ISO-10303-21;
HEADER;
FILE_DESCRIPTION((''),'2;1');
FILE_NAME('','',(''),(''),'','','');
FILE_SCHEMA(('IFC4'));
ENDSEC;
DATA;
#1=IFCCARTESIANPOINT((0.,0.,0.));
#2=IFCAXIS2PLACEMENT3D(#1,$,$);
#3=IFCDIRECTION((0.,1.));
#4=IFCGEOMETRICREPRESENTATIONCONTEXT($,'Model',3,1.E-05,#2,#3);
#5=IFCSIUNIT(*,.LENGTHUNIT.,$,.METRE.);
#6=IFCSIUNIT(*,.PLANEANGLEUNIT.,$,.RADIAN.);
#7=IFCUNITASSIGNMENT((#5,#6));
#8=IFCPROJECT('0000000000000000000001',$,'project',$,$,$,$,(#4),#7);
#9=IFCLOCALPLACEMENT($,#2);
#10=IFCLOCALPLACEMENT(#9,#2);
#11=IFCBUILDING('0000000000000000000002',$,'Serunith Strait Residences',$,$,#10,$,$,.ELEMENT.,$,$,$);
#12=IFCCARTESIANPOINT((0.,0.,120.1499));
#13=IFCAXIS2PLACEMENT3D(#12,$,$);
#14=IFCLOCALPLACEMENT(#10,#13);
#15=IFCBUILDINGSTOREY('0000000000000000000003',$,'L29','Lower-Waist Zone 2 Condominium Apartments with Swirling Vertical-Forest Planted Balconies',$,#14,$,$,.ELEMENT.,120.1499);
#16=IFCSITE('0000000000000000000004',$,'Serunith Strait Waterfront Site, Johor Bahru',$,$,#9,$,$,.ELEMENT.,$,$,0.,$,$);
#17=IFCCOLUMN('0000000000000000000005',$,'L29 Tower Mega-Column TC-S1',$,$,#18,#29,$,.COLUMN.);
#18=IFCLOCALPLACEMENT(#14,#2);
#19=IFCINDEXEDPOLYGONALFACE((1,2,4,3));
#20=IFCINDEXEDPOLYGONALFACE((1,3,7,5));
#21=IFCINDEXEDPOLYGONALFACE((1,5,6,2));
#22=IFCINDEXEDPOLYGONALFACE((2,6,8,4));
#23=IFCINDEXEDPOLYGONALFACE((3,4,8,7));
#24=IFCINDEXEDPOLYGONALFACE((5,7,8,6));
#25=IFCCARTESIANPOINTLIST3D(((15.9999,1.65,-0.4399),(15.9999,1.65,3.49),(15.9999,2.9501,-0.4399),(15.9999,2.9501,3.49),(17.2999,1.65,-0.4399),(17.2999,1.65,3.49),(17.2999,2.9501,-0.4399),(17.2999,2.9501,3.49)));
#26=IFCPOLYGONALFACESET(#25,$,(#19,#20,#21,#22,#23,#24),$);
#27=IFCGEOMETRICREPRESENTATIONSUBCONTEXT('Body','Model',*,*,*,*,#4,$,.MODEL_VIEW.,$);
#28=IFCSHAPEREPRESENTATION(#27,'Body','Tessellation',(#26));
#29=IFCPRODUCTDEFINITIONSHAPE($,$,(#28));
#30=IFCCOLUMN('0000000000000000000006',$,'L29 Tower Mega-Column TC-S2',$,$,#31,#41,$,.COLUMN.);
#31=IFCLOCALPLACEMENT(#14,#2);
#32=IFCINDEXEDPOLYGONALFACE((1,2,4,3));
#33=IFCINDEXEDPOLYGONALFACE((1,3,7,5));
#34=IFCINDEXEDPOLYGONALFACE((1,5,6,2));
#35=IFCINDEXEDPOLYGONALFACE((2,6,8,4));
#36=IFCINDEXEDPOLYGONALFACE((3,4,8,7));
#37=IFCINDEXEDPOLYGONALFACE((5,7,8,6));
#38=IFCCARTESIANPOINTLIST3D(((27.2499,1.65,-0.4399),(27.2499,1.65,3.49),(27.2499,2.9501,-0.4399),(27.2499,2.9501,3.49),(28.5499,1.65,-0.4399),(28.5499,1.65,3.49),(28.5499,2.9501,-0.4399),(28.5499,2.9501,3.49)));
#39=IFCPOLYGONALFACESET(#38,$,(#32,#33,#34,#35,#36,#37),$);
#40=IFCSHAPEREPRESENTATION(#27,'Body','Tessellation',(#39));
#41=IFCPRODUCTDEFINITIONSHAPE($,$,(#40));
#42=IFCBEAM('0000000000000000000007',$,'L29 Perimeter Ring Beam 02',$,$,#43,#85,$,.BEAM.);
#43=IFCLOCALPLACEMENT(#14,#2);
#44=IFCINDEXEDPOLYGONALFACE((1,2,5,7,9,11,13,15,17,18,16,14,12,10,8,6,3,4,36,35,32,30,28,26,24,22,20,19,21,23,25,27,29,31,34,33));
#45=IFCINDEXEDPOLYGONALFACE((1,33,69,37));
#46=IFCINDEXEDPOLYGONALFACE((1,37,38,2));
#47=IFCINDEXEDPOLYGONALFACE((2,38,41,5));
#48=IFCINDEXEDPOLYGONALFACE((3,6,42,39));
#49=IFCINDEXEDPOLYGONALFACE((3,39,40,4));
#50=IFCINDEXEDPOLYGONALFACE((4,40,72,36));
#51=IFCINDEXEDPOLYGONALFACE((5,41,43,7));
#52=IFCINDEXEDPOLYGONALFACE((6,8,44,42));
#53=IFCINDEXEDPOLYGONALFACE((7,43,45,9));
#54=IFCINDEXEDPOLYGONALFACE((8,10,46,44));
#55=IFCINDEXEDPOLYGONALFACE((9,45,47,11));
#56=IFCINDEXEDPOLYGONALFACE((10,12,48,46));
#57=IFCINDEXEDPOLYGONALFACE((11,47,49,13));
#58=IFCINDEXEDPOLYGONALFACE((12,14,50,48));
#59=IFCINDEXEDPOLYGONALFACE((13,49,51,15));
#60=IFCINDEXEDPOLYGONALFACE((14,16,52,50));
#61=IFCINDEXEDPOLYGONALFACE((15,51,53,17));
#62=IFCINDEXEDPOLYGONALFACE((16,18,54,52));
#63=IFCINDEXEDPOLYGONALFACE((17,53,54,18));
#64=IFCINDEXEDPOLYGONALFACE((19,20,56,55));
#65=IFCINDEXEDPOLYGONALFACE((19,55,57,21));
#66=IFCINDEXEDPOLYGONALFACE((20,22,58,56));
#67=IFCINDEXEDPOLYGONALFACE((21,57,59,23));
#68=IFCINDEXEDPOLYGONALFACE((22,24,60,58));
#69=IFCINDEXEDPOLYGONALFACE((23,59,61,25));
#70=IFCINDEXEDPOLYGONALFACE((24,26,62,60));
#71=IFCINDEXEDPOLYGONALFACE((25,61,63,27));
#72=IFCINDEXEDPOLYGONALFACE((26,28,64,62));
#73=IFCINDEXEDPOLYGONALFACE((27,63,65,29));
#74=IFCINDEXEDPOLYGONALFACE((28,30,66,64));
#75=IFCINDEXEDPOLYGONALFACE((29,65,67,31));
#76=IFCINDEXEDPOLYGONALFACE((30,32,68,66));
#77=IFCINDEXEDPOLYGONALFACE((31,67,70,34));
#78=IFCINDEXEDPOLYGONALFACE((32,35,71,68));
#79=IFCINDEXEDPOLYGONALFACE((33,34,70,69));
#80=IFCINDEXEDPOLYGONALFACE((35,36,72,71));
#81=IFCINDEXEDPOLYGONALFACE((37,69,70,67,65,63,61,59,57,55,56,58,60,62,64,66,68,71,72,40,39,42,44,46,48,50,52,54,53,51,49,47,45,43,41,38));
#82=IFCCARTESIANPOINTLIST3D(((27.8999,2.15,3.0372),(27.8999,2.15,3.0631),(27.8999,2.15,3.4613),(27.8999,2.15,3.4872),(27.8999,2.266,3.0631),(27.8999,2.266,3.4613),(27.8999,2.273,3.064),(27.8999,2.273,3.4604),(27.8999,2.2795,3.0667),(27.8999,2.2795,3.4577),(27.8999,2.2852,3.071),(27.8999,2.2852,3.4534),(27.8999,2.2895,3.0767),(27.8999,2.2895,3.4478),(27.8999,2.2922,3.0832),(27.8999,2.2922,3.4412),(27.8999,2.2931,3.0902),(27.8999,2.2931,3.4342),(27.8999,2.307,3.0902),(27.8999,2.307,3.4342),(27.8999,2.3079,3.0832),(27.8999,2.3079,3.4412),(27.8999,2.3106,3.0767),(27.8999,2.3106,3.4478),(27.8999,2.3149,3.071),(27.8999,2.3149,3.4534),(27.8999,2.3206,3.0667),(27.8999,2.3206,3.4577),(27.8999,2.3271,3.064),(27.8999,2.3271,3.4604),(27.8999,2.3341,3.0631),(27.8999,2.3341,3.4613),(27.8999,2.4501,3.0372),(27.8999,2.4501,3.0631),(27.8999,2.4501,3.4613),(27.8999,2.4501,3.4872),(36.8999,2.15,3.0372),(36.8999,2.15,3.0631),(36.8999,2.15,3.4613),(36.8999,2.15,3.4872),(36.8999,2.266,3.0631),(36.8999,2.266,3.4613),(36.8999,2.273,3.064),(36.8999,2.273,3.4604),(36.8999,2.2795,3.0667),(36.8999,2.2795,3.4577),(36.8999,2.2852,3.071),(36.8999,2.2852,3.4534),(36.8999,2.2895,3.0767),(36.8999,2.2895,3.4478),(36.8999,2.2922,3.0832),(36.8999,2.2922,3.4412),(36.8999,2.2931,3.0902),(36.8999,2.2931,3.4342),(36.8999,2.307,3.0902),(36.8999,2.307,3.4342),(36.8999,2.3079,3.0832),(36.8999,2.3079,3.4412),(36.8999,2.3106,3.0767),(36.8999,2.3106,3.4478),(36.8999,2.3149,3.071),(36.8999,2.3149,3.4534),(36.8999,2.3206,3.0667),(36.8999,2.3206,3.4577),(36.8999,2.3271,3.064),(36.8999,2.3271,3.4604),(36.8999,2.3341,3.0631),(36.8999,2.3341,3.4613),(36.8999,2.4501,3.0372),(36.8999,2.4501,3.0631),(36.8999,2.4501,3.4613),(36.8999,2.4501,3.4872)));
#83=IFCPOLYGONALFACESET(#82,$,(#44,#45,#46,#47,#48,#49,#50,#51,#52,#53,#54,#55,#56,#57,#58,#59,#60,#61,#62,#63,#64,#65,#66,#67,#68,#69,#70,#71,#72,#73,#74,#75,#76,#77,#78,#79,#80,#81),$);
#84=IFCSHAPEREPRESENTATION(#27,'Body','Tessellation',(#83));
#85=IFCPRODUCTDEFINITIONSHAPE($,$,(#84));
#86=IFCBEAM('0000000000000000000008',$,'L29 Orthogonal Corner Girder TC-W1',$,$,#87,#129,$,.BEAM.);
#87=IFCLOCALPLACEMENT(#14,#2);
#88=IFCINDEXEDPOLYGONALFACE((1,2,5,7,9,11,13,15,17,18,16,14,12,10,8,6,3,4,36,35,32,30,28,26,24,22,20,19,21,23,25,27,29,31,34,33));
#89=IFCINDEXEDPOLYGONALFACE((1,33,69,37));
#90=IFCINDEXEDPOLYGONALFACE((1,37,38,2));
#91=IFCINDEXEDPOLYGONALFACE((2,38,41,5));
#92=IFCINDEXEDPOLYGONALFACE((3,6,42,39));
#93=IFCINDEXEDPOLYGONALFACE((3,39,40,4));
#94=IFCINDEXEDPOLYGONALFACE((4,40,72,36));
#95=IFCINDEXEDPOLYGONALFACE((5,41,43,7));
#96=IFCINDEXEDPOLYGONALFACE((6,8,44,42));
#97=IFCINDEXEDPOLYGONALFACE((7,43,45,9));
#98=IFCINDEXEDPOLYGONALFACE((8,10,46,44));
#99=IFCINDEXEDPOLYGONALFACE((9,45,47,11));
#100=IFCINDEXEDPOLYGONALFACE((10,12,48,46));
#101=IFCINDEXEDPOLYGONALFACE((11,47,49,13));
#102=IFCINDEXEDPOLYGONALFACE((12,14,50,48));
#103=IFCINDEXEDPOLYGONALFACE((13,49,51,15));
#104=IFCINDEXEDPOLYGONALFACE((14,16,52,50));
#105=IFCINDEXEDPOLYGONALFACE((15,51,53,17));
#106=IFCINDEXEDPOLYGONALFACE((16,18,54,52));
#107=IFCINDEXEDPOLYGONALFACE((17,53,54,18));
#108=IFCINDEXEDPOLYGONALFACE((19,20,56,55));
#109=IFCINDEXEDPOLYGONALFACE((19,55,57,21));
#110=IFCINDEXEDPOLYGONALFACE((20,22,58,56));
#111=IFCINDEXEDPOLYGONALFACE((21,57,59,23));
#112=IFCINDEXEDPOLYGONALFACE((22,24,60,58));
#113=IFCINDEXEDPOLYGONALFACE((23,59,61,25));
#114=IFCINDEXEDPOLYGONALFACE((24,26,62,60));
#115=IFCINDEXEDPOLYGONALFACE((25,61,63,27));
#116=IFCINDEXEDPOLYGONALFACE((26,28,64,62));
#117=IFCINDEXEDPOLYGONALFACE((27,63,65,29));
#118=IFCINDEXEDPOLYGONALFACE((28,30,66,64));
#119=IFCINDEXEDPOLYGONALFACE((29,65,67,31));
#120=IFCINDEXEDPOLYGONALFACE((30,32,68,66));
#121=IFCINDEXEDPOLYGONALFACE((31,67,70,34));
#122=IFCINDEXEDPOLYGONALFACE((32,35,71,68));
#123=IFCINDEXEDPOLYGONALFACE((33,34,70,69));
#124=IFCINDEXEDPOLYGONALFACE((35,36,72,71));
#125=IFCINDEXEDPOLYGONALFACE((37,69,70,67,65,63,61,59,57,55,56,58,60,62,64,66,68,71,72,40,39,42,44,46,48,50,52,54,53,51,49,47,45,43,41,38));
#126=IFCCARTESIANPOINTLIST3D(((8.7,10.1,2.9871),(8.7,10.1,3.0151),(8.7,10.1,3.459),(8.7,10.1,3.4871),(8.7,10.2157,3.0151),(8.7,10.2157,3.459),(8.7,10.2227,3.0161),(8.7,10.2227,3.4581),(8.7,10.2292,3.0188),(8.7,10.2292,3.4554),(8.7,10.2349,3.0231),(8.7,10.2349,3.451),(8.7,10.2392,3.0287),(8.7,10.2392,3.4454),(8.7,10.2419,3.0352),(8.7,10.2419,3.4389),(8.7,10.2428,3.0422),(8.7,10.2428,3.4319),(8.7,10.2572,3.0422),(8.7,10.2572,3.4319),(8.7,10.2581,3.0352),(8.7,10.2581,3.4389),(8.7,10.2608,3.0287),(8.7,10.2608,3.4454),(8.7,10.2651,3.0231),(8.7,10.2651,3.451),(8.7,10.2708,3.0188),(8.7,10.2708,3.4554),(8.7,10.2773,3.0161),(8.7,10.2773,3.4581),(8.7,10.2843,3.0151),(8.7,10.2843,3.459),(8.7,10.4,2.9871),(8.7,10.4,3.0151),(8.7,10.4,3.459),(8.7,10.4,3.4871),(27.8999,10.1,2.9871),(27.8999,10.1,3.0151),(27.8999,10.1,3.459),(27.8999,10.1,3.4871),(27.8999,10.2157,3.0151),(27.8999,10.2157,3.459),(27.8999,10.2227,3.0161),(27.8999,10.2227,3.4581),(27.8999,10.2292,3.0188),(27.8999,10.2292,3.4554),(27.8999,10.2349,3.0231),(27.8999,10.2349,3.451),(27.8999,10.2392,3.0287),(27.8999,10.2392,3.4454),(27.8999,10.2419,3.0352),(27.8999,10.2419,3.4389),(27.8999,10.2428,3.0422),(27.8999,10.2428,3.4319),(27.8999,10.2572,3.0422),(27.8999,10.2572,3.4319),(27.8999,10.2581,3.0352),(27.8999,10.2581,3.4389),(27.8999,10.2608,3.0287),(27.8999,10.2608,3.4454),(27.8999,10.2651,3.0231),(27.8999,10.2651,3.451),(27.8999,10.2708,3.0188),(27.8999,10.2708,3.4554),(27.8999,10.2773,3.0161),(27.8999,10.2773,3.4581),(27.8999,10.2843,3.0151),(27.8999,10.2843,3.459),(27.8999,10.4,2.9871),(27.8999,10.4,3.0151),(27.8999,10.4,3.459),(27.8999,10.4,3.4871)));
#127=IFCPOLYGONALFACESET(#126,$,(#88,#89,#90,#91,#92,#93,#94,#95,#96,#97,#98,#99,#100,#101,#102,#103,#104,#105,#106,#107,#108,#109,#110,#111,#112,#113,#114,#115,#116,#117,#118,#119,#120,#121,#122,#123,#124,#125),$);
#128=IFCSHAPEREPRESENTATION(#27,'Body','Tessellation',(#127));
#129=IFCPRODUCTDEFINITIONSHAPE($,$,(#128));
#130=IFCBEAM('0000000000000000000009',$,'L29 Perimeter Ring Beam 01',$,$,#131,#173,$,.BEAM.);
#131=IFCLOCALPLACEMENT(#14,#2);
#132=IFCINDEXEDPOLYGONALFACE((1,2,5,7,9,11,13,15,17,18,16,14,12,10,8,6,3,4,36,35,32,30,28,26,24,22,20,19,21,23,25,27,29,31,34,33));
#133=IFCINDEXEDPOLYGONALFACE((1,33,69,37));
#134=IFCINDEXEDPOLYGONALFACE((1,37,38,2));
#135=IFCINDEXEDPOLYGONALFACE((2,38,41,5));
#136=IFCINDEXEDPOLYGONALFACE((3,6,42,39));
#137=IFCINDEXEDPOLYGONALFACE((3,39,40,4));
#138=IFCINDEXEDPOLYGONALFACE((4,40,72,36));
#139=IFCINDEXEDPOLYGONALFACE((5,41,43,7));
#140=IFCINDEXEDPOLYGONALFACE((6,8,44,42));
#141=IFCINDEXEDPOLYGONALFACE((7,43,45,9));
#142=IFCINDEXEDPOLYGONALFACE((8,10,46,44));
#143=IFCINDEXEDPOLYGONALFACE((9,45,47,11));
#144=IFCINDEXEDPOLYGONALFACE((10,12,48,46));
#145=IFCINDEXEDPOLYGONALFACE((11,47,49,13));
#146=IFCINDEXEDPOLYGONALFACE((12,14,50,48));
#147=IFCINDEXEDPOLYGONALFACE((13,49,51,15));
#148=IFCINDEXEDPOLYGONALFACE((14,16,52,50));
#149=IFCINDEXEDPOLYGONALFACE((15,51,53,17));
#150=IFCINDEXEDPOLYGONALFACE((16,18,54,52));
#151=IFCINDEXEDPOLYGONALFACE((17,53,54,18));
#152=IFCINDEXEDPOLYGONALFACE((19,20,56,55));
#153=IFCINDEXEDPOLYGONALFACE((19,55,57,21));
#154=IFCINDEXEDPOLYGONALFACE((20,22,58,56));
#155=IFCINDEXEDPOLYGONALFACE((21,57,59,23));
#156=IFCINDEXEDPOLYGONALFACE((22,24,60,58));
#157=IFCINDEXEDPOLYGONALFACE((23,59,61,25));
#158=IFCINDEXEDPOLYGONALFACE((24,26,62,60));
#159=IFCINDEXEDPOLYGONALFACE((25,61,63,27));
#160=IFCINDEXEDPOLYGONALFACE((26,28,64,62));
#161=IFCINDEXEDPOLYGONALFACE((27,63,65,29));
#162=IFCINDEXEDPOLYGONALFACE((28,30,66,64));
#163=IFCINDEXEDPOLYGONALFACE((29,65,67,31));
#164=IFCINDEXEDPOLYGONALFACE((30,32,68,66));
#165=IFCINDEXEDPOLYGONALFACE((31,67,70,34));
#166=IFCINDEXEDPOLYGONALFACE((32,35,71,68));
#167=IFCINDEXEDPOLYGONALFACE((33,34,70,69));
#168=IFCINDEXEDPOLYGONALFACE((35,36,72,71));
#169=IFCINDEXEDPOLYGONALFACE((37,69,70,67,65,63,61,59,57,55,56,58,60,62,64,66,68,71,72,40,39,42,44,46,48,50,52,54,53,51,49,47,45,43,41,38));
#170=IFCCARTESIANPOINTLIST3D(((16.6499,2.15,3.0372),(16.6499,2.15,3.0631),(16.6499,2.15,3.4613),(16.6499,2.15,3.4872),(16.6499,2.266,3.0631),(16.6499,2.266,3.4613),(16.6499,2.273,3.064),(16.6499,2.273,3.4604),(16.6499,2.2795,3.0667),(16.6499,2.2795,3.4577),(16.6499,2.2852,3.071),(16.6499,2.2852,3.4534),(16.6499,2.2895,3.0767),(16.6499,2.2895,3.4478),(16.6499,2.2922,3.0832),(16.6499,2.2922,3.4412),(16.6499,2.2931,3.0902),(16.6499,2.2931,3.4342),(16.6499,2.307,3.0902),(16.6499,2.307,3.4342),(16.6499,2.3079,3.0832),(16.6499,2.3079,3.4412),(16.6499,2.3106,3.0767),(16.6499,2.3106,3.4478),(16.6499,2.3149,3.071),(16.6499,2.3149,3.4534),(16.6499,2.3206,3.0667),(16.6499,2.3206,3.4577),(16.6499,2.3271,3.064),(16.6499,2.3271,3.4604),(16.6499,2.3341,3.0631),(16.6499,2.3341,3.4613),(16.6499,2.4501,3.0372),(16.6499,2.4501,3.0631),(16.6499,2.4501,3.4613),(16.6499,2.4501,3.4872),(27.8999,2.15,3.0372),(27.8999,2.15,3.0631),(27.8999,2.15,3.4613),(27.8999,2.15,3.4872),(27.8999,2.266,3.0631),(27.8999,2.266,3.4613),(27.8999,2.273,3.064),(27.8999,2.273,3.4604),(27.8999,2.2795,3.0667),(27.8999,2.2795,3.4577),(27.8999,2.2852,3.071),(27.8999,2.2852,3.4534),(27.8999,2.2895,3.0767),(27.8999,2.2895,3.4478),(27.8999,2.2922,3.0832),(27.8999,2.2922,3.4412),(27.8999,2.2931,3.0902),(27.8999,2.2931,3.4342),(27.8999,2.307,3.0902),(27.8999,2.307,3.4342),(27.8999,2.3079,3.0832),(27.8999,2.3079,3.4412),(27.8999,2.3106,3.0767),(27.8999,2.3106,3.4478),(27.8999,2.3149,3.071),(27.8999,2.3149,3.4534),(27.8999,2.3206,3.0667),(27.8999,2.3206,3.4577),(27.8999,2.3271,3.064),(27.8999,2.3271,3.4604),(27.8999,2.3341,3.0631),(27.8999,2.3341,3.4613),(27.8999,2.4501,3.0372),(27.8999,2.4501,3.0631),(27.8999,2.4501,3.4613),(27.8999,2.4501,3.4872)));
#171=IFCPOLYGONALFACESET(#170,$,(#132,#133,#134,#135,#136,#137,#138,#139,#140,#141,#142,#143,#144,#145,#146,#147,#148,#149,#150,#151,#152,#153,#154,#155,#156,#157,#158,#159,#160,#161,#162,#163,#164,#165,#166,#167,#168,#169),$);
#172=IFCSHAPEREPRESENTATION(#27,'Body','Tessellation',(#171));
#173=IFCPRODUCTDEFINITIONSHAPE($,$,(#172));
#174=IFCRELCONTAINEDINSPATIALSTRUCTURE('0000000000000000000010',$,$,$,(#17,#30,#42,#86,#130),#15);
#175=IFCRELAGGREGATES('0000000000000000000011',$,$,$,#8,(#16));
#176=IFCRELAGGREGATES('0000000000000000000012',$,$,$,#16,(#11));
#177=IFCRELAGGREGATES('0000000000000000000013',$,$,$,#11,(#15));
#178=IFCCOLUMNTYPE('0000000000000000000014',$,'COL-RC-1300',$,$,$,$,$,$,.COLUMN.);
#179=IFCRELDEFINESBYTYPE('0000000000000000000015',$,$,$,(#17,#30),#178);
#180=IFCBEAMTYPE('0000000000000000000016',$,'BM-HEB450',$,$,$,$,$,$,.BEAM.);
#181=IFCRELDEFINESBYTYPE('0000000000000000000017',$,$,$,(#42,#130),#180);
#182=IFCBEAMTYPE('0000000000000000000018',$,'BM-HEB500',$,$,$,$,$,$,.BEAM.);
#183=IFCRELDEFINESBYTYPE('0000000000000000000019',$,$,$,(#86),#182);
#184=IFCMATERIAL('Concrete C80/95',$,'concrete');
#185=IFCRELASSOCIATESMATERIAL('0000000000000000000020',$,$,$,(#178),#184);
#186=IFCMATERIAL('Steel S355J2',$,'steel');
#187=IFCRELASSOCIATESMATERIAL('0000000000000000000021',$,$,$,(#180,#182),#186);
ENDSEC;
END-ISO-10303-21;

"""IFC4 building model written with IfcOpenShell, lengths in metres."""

from ifc_helpers import new_model, si_unit, direction, frame, origin, origin_2d, place, context, subcontext, project, spatial, rectangle, i_section, extrude, source, transform, mapped, material, material_profile, profile_set, type_object, element, save


model = new_model("IFC4")

# Units and contexts
model_context = context("Model", 3, precision=1e-05, world=origin(), true_north=direction((0.0, 1.0)))
body_context = subcontext(model_context, "Body", "Model", "MODEL_VIEW")
ifc_project = project(units=[si_unit("LENGTHUNIT", "METRE"), si_unit("PLANEANGLEUNIT", "RADIAN")], contexts=[model_context])

# Site, building, storey
site_placement = place(None, origin())
site = spatial("IfcSite", under=ifc_project, at=site_placement, Name="Serunith Strait Waterfront Site, Johor Bahru", CompositionType="ELEMENT", RefElevation=0.0)
building_placement = place(site_placement, origin())
building = spatial("IfcBuilding", under=site, at=building_placement, Name="Serunith Strait Residences", CompositionType="ELEMENT")
storey_placement = place(building_placement, frame((0.0, 0.0, 120.1499)))
storey = spatial("IfcBuildingStorey", under=building, at=storey_placement, Name="L29", Description="Lower-Waist Zone 2 Condominium Apartments with Swirling Vertical-Forest Planted Balconies", CompositionType="ELEMENT", Elevation=120.1499)

# Columns
ifc_material_1 = material(Name="Concrete C80/95", Category="concrete")
ifc_material_profile_1 = material_profile(ifc_material_1, rectangle(XDim=1.3, YDim=1.3, at=origin_2d()), Name="RC 1300x1300")
ifc_profile_set_1 = profile_set([ifc_material_profile_1], Name="Concrete C80/95")
column_type = type_object("IfcColumnType", Name="COL-RC-1300", PredefinedType="COLUMN", material=ifc_profile_set_1)
shared_shape_1 = source(origin(), body_context, "Body", "SweptSolid", [
    extrude(rectangle(XDim=1.3, YDim=1.3, at=origin_2d()), origin(), (0.0, 0.0, 1.0), 3.9299),
])
for number, where, z_axis, x_axis, name in (
    (1, (16.6499, 2.3, -0.4399), (0.0, 0.0, 1.0), (1.0, 0.0, 0.0), "L29 Tower Mega-Column TC-S1"),
    (2, (27.8999, 2.3, -0.4399), (0.0, 0.0, 1.0), (1.0, 0.0, 0.0), "L29 Tower Mega-Column TC-S2"),
):
    element("IfcColumn", number, at=place(storey_placement, frame(where, z_axis=z_axis, x_axis=x_axis)), inside=storey, type_object=column_type, Name=name, PredefinedType="COLUMN", context=body_context, shape_type="MappedRepresentation", body=[
        mapped(shared_shape_1, transform((0.0, 0.0, 0.0), scale=1.0)),
    ])

# Beams
ifc_material_2 = material(Name="Steel S355J2", Category="steel")
ifc_material_profile_2 = material_profile(ifc_material_2, i_section(OverallWidth=0.3, OverallDepth=0.45, WebThickness=0.0139, FlangeThickness=0.0259, FilletRadius=0.0271, at=origin_2d()), Name="HEB 450")
ifc_profile_set_2 = profile_set([ifc_material_profile_2], Name="Steel S355J2")
beam_type_1 = type_object("IfcBeamType", Name="BM-HEB450", PredefinedType="BEAM", material=ifc_profile_set_2)
shared_shape_2 = source(origin(), body_context, "Body", "SweptSolid", [
    extrude(i_section(OverallWidth=0.3, OverallDepth=0.45, WebThickness=0.0139, FlangeThickness=0.0259, FilletRadius=0.0271, at=origin_2d()), origin(), (0.0, 0.0, 1.0), 9.0),
])
beam_1_placement = place(storey_placement, frame((27.8999, 2.3, 3.2622), z_axis=(1.0, 0.0, 0.0), x_axis=(0.0, 1.0, 0.0)))
element("IfcBeam", 3, at=beam_1_placement, inside=storey, type_object=beam_type_1, Name="L29 Perimeter Ring Beam 02", PredefinedType="BEAM", context=body_context, shape_type="MappedRepresentation", body=[
    mapped(shared_shape_2, transform((0.0, 0.0, 0.0), scale=1.0)),
])
ifc_material_profile_3 = material_profile(ifc_material_2, i_section(OverallWidth=0.3, OverallDepth=0.5, WebThickness=0.0144, FlangeThickness=0.0281, FilletRadius=0.0271, at=origin_2d()), Name="HEB 500")
ifc_profile_set_3 = profile_set([ifc_material_profile_3], Name="Steel S355J2")
beam_type_2 = type_object("IfcBeamType", Name="BM-HEB500", PredefinedType="BEAM", material=ifc_profile_set_3)
shared_shape_3 = source(origin(), body_context, "Body", "SweptSolid", [
    extrude(i_section(OverallWidth=0.3, OverallDepth=0.5, WebThickness=0.0144, FlangeThickness=0.0281, FilletRadius=0.0271, at=origin_2d()), origin(), (0.0, 0.0, 1.0), 19.2),
])
beam_2_placement = place(storey_placement, frame((27.8999, 10.25, 3.2371), z_axis=(-1.0, 0.0, 0.0), x_axis=(0.0, -1.0, 0.0)))
element("IfcBeam", 4, at=beam_2_placement, inside=storey, type_object=beam_type_2, Name="L29 Orthogonal Corner Girder TC-W1", PredefinedType="BEAM", context=body_context, shape_type="MappedRepresentation", body=[
    mapped(shared_shape_3, transform((0.0, 0.0, 0.0), scale=1.0)),
])
shared_shape_4 = source(origin(), body_context, "Body", "SweptSolid", [
    extrude(i_section(OverallWidth=0.3, OverallDepth=0.45, WebThickness=0.0139, FlangeThickness=0.0259, FilletRadius=0.0271, at=origin_2d()), origin(), (0.0, 0.0, 1.0), 11.25),
])
beam_3_placement = place(storey_placement, frame((16.6499, 2.3, 3.2622), z_axis=(1.0, 0.0, 0.0), x_axis=(0.0, 1.0, 0.0)))
element("IfcBeam", 5, at=beam_3_placement, inside=storey, type_object=beam_type_1, Name="L29 Perimeter Ring Beam 01", PredefinedType="BEAM", context=body_context, shape_type="MappedRepresentation", body=[
    mapped(shared_shape_4, transform((0.0, 0.0, 0.0), scale=1.0)),
])

save(model, "model.ifc")
